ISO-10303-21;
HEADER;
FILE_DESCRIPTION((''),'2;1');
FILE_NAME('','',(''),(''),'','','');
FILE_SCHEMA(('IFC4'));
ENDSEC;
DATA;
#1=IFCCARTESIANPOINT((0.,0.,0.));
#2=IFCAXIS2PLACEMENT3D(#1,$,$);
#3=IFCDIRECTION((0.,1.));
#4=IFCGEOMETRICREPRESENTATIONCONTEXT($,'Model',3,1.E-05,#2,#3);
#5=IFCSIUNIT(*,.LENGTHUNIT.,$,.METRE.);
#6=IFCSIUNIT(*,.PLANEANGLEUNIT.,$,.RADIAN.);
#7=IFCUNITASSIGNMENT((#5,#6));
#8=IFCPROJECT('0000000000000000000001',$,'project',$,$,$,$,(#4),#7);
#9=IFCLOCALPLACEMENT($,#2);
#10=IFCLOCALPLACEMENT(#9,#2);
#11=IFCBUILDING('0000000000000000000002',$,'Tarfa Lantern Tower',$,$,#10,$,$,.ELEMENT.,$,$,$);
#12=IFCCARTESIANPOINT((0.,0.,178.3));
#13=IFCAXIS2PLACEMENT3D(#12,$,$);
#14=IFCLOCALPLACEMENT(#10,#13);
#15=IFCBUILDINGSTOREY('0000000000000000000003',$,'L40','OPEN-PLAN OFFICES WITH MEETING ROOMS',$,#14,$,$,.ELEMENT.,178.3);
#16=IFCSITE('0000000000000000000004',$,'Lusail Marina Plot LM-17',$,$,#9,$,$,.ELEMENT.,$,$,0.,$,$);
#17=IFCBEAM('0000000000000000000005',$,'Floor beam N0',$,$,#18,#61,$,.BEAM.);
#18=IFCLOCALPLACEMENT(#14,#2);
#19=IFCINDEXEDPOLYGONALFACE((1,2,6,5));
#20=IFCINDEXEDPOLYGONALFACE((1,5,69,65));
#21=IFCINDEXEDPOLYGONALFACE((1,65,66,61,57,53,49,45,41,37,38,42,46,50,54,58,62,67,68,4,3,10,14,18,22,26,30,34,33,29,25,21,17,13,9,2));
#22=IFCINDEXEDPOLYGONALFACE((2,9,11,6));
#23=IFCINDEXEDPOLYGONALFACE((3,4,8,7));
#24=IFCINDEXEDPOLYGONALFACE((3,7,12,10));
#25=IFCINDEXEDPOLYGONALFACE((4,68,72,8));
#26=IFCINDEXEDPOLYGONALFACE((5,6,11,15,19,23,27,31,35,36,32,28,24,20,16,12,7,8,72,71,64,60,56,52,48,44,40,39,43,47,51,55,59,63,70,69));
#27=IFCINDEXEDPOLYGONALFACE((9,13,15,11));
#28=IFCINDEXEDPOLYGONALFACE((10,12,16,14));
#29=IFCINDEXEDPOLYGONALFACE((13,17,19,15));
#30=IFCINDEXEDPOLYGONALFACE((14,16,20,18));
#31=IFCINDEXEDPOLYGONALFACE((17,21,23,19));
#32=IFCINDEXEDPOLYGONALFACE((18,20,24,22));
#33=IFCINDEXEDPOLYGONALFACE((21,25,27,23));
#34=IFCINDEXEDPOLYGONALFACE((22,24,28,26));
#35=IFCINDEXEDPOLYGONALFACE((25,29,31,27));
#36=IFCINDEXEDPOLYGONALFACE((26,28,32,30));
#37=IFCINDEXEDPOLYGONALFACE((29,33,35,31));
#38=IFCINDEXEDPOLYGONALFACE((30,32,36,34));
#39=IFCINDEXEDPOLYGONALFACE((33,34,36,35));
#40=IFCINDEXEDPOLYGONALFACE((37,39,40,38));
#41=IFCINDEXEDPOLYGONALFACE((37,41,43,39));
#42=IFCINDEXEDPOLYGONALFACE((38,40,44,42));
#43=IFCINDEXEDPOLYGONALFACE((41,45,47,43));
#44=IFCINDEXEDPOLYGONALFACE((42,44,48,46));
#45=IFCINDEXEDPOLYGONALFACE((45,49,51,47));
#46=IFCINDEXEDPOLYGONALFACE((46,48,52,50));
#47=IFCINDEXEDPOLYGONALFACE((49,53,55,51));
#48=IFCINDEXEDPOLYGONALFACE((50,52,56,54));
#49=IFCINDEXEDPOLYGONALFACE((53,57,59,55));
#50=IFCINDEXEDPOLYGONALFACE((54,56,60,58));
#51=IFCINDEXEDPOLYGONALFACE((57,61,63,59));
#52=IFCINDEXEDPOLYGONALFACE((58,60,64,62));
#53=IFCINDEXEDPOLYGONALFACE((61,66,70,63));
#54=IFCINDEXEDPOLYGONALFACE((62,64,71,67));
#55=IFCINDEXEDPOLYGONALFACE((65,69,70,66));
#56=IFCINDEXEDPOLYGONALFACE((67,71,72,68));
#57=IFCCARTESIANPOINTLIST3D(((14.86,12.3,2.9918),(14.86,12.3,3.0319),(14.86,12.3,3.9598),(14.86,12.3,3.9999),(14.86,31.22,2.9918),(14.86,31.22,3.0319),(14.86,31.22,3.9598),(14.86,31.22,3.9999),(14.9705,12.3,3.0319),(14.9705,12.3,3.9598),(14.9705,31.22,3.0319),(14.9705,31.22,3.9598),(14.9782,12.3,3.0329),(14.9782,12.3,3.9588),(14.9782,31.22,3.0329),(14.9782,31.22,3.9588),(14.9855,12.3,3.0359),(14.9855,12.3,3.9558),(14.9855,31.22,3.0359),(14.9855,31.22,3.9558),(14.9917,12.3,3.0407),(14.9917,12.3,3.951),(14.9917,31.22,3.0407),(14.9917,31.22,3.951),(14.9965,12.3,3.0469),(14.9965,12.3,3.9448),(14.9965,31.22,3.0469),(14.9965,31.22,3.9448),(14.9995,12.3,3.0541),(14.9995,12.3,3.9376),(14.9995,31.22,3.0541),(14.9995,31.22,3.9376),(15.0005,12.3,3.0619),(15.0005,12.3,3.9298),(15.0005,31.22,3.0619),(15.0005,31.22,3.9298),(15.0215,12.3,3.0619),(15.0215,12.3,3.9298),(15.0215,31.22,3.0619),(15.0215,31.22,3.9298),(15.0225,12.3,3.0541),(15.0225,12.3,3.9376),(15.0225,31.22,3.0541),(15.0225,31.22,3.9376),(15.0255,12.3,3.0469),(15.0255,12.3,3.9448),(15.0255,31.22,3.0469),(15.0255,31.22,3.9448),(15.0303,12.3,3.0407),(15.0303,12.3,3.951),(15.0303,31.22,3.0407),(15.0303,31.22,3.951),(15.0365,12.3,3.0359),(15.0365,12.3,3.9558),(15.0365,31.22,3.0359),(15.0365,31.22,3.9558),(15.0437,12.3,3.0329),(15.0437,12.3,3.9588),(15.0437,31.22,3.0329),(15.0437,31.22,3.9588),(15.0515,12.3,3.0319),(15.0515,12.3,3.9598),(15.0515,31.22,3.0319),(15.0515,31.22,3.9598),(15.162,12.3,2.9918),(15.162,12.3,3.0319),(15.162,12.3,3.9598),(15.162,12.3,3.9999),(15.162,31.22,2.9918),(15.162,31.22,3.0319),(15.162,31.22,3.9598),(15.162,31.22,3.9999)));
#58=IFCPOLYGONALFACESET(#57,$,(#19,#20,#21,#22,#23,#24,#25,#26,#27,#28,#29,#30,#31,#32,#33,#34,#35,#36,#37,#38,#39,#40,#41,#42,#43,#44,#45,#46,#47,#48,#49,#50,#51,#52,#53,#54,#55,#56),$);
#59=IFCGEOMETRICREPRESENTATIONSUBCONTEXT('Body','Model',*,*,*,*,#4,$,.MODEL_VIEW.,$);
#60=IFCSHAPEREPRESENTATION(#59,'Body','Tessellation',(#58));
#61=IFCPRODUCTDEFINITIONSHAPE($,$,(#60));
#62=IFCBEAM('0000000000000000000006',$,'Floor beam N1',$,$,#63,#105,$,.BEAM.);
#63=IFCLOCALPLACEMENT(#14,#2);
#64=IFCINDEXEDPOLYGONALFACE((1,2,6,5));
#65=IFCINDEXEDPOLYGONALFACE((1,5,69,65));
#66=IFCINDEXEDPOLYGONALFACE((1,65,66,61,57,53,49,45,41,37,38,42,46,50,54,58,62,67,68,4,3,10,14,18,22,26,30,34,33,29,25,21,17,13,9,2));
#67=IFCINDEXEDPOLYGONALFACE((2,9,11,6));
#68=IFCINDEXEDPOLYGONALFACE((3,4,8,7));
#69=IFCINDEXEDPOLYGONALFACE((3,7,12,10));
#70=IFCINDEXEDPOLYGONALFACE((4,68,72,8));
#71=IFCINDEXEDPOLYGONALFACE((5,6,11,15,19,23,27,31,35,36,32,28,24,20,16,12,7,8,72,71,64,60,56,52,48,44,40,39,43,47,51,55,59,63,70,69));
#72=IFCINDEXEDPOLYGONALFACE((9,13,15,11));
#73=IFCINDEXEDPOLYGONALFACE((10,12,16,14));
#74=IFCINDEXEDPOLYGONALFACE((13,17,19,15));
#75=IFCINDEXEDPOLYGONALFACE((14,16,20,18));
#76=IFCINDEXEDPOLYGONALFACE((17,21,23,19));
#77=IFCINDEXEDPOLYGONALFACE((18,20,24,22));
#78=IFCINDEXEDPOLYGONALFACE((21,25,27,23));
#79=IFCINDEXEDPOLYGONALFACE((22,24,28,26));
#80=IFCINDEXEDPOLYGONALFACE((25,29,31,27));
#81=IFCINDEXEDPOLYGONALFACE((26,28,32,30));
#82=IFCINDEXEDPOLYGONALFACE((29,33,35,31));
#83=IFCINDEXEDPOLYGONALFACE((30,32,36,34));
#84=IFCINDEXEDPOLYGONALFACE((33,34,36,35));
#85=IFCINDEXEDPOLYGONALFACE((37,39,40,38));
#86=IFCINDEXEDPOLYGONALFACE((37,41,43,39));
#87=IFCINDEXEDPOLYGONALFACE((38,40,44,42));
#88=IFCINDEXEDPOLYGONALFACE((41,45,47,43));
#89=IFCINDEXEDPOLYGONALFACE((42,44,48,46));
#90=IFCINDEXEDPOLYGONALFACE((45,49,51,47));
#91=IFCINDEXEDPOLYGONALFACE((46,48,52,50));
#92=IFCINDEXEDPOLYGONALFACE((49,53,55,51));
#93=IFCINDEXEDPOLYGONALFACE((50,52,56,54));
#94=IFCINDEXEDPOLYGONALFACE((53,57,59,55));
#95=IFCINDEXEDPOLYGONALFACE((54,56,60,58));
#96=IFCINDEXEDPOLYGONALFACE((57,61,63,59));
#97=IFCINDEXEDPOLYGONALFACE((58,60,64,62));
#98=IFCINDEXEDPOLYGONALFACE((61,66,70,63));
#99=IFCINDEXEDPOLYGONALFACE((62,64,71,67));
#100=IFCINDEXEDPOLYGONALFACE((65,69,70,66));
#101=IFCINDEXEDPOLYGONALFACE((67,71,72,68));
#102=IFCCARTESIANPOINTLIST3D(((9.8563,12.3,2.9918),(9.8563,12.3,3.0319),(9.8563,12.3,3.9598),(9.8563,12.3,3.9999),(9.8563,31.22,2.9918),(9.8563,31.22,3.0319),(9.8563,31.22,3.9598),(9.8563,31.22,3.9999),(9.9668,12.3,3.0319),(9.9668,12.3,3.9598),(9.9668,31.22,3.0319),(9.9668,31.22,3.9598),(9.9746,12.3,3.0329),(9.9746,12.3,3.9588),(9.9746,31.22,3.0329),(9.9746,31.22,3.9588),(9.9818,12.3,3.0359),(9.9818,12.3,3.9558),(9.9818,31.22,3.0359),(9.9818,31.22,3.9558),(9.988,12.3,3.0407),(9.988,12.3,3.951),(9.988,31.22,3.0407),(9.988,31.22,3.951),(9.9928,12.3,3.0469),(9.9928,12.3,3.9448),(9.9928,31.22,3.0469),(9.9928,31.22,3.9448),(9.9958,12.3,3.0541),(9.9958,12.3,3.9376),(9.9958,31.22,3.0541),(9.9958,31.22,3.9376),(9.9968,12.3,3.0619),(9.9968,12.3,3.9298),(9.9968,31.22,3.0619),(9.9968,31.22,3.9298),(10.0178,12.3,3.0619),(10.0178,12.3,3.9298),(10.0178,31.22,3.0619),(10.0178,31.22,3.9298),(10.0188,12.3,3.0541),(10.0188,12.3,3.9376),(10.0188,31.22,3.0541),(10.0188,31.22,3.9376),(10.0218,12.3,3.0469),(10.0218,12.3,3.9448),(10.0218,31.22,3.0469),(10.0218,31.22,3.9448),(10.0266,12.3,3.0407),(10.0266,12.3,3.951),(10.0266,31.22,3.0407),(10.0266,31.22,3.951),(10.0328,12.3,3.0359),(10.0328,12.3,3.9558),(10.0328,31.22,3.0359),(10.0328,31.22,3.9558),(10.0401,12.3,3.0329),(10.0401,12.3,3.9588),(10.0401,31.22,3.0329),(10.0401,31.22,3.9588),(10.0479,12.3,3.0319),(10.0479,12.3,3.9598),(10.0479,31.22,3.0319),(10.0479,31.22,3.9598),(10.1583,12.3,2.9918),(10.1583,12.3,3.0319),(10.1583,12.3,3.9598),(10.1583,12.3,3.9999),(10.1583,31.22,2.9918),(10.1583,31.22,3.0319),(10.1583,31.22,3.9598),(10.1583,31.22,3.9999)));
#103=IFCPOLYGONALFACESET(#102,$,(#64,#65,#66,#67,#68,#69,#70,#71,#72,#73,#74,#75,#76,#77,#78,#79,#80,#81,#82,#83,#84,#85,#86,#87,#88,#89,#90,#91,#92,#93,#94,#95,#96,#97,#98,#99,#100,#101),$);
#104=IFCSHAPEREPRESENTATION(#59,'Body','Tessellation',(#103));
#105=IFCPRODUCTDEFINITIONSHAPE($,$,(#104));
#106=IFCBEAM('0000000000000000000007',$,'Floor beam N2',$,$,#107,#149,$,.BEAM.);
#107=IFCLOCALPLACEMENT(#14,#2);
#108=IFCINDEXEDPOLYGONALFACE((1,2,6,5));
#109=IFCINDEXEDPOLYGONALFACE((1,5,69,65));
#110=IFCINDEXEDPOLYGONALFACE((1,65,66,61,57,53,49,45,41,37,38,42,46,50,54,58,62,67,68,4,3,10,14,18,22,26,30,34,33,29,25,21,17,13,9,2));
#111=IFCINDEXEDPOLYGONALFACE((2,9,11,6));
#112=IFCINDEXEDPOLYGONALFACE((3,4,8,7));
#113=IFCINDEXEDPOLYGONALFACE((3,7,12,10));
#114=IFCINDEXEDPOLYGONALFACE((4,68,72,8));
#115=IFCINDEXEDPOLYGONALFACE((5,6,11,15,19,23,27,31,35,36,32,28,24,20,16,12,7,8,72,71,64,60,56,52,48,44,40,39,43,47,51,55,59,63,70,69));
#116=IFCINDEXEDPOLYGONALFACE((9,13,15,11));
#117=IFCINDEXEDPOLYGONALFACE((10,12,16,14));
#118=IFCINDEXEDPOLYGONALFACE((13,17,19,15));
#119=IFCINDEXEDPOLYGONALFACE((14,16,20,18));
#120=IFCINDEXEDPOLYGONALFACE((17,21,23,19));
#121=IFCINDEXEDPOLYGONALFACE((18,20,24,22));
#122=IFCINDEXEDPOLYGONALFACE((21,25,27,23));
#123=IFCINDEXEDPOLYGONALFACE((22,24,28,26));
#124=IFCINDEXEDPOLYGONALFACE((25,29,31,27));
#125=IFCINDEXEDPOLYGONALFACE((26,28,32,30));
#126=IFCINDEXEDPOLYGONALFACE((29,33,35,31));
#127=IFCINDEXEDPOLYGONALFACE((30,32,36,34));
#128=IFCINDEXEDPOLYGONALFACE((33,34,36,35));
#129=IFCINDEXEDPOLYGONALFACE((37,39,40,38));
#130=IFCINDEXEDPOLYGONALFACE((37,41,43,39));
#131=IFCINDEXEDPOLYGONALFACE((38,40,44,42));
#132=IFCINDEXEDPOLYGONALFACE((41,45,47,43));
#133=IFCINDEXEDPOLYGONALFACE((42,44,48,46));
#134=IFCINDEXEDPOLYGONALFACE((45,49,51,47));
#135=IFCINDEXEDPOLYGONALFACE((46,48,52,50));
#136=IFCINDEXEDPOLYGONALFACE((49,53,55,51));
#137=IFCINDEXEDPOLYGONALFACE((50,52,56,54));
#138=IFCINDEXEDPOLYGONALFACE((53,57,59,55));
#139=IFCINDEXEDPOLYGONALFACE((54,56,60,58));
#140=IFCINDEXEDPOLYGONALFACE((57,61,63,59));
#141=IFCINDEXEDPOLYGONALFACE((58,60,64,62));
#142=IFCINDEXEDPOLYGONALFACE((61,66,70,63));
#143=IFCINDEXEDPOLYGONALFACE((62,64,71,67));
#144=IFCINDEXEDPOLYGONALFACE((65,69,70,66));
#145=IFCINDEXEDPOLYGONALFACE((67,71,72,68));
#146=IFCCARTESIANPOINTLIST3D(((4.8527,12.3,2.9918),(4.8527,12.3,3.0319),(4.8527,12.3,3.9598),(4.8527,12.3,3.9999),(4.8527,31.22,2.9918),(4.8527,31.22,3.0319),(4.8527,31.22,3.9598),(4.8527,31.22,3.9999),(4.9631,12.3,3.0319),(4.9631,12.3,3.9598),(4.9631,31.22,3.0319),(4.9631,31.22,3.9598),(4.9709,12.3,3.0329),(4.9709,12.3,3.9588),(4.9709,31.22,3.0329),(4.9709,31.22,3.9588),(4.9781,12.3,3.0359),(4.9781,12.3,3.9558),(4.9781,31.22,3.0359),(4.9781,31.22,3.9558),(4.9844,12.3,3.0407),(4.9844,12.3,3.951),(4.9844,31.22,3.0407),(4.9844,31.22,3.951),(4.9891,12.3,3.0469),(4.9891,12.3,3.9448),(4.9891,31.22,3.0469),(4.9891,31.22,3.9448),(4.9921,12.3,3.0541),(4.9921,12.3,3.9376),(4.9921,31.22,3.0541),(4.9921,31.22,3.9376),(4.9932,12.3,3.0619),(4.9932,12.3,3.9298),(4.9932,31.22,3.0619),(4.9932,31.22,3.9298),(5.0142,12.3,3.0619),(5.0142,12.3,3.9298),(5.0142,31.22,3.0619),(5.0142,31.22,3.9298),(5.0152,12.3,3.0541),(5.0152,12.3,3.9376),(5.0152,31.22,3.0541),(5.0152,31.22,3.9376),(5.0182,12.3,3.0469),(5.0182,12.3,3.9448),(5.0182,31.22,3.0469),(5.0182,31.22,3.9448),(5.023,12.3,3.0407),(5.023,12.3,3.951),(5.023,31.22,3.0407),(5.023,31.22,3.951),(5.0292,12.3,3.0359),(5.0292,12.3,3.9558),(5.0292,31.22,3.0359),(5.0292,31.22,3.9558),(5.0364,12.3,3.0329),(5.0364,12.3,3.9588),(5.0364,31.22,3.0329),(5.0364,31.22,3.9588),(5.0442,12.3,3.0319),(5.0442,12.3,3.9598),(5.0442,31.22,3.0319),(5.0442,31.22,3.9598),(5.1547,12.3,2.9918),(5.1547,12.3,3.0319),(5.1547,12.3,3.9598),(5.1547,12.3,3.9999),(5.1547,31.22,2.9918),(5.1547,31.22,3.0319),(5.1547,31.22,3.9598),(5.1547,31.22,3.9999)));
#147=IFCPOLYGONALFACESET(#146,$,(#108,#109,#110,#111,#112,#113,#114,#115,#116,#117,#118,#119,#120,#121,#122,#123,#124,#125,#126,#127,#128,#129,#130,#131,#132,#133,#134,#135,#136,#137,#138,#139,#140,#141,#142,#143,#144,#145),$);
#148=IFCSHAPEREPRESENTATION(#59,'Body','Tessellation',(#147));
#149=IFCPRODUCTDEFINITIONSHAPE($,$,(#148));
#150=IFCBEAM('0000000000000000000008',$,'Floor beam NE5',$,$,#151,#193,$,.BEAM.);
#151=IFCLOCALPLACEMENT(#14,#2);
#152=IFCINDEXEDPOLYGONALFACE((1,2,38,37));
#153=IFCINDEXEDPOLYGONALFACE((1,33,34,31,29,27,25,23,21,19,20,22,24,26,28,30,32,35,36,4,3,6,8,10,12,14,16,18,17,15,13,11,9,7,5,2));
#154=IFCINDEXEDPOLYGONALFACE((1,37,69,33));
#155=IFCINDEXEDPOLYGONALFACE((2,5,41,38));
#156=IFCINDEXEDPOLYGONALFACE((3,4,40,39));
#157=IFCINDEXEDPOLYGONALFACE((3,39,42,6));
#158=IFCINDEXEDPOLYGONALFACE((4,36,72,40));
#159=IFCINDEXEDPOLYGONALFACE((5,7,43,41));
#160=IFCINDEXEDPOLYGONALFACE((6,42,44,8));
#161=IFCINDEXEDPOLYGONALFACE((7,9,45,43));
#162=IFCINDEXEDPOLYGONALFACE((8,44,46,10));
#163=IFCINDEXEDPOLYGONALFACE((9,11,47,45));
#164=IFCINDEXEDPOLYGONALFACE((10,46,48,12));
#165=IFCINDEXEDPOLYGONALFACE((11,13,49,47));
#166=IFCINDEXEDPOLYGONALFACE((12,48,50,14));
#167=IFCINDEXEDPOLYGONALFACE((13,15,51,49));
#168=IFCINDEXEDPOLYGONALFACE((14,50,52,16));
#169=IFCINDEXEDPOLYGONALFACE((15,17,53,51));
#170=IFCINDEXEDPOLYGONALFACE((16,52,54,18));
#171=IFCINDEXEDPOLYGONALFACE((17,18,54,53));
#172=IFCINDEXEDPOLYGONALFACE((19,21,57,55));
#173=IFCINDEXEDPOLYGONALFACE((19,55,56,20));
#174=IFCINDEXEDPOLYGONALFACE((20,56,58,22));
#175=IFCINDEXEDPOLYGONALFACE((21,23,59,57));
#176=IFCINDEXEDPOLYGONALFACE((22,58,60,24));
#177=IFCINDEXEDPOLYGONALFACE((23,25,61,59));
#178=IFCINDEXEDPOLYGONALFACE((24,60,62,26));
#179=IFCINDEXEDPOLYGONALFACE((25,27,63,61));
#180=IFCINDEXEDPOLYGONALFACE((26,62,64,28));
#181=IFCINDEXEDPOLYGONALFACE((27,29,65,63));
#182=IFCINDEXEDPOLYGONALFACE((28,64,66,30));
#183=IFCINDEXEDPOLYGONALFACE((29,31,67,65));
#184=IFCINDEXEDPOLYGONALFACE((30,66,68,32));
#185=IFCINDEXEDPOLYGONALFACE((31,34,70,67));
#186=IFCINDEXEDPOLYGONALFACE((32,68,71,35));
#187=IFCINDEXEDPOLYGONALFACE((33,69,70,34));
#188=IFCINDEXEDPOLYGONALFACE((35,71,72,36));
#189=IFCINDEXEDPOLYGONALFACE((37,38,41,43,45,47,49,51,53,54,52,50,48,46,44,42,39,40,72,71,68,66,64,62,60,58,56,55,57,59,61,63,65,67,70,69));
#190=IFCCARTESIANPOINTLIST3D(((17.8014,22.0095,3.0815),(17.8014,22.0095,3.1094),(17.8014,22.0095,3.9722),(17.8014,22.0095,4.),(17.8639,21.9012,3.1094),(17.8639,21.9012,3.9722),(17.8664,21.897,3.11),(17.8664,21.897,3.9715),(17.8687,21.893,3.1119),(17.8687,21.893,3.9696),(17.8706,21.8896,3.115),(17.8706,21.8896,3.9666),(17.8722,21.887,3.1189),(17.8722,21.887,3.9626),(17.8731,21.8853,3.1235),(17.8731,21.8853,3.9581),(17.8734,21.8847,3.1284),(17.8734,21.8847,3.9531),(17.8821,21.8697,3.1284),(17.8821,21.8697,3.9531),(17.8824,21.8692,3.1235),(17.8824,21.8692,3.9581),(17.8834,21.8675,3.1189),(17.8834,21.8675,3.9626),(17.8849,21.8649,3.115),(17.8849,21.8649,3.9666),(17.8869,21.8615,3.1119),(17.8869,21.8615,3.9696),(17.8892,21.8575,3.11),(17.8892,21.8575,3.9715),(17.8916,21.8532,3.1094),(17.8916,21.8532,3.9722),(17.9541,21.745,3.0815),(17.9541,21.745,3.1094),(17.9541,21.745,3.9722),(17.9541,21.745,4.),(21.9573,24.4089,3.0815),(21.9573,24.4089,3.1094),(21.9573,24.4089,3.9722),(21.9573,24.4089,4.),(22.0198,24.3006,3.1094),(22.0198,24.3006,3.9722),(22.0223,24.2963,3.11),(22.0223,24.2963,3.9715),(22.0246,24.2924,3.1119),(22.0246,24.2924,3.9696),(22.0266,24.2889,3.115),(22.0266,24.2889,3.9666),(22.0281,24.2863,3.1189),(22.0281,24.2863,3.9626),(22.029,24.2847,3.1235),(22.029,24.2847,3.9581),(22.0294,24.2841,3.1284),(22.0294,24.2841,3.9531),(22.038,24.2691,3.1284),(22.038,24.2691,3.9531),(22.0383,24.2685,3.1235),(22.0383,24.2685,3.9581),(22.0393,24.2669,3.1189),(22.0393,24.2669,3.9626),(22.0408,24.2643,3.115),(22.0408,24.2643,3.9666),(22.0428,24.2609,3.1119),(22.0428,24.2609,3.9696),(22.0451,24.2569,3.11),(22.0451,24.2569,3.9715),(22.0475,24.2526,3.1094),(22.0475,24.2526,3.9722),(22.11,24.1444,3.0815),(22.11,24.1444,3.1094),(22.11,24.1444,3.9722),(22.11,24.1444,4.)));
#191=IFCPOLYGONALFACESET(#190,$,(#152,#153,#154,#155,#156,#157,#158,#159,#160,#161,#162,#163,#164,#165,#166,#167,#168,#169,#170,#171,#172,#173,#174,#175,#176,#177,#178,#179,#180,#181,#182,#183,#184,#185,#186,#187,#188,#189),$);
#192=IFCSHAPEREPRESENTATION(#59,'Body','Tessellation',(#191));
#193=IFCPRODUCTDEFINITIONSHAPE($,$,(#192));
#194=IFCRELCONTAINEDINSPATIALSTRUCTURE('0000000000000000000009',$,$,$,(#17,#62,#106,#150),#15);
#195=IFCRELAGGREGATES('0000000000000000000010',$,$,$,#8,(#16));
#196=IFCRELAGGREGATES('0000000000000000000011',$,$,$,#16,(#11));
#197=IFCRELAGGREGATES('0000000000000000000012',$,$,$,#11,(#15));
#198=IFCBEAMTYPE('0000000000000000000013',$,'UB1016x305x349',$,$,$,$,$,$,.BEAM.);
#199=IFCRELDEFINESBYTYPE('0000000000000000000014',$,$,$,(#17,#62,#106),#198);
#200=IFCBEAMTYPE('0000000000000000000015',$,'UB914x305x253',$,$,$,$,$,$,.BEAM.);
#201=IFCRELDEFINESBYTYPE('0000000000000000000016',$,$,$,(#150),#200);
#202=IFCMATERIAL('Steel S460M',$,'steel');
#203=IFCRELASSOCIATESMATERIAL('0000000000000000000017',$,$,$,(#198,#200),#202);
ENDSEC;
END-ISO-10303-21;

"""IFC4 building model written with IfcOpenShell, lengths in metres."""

from ifc_helpers import new_model, si_unit, direction, frame, origin, origin_2d, place, context, subcontext, project, spatial, i_section, extrude, material, material_profile, profile_set, type_object, element, save


model = new_model("IFC4")

# Units and contexts
model_context = context("Model", 3, precision=1e-05, world=origin(), true_north=direction((0.0, 1.0)))
body_context = subcontext(model_context, "Body", "Model", "MODEL_VIEW")
ifc_project = project(units=[si_unit("LENGTHUNIT", "METRE"), si_unit("PLANEANGLEUNIT", "RADIAN")], contexts=[model_context])

# Site, building, storey
site_placement = place(None, origin())
site = spatial("IfcSite", under=ifc_project, at=site_placement, Name="Lusail Marina Plot LM-17", CompositionType="ELEMENT", RefElevation=0.0)
building_placement = place(site_placement, origin())
building = spatial("IfcBuilding", under=site, at=building_placement, Name="Tarfa Lantern Tower", CompositionType="ELEMENT")
storey_placement = place(building_placement, frame((0.0, 0.0, 178.3)))
storey = spatial("IfcBuildingStorey", under=building, at=storey_placement, Name="L40", Description="OPEN-PLAN OFFICES WITH MEETING ROOMS", CompositionType="ELEMENT", Elevation=178.3)

# Beams
ifc_material_1 = material(Name="Steel S460M", Category="steel")
ifc_material_profile_1 = material_profile(ifc_material_1, i_section(OverallWidth=0.302, OverallDepth=1.0081, WebThickness=0.021, FlangeThickness=0.04, FilletRadius=0.03, at=origin_2d()), Name="UB1016x305x349")
ifc_profile_set_1 = profile_set([ifc_material_profile_1], Name="Steel S460M")
beam_type_1 = type_object("IfcBeamType", Name="UB1016x305x349", PredefinedType="BEAM", material=ifc_profile_set_1)
for number, where, z_axis, x_axis, name in (
    (1, (15.011, 31.22, 3.4958), (0.0, -1.0, 0.0), (1.0, 0.0, 0.0), "Floor beam N0"),
    (2, (10.0073, 31.22, 3.4958), (0.0, -1.0, 0.0), (1.0, 0.0, 0.0), "Floor beam N1"),
    (3, (5.0037, 31.22, 3.4958), (0.0, -1.0, 0.0), (1.0, 0.0, 0.0), "Floor beam N2"),
):
    element("IfcBeam", number, at=place(storey_placement, frame(where, z_axis=z_axis, x_axis=x_axis)), inside=storey, type_object=beam_type_1, Name=name, PredefinedType="BEAM", context=body_context, shape_type="SweptSolid", body=[
        extrude(i_section(OverallWidth=0.302, OverallDepth=1.0081, WebThickness=0.021, FlangeThickness=0.04, FilletRadius=0.03, at=origin_2d()), origin(), (0.0, 0.0, 1.0), 18.9199),
    ])
ifc_material_profile_2 = material_profile(ifc_material_1, i_section(OverallWidth=0.3054, OverallDepth=0.9185, WebThickness=0.0173, FlangeThickness=0.0278, FilletRadius=0.019, at=origin_2d()), Name="UB914x305x253")
ifc_profile_set_2 = profile_set([ifc_material_profile_2], Name="Steel S460M")
beam_type_2 = type_object("IfcBeamType", Name="UB914x305x253", PredefinedType="BEAM", material=ifc_profile_set_2)
beam_1_placement = place(storey_placement, frame((22.0337, 24.2766, 3.5408), z_axis=(-0.866031, -0.499991, 0.0), x_axis=(0.499991, -0.866031, 0.0)))
element("IfcBeam", 4, at=beam_1_placement, inside=storey, type_object=beam_type_2, Name="Floor beam NE5", PredefinedType="BEAM", context=body_context, shape_type="SweptSolid", body=[
    extrude(i_section(OverallWidth=0.3054, OverallDepth=0.9185, WebThickness=0.0173, FlangeThickness=0.0278, FilletRadius=0.019, at=origin_2d()), origin(), (0.0, 0.0, 1.0), 4.7988),
])

save(model, "model.ifc")
